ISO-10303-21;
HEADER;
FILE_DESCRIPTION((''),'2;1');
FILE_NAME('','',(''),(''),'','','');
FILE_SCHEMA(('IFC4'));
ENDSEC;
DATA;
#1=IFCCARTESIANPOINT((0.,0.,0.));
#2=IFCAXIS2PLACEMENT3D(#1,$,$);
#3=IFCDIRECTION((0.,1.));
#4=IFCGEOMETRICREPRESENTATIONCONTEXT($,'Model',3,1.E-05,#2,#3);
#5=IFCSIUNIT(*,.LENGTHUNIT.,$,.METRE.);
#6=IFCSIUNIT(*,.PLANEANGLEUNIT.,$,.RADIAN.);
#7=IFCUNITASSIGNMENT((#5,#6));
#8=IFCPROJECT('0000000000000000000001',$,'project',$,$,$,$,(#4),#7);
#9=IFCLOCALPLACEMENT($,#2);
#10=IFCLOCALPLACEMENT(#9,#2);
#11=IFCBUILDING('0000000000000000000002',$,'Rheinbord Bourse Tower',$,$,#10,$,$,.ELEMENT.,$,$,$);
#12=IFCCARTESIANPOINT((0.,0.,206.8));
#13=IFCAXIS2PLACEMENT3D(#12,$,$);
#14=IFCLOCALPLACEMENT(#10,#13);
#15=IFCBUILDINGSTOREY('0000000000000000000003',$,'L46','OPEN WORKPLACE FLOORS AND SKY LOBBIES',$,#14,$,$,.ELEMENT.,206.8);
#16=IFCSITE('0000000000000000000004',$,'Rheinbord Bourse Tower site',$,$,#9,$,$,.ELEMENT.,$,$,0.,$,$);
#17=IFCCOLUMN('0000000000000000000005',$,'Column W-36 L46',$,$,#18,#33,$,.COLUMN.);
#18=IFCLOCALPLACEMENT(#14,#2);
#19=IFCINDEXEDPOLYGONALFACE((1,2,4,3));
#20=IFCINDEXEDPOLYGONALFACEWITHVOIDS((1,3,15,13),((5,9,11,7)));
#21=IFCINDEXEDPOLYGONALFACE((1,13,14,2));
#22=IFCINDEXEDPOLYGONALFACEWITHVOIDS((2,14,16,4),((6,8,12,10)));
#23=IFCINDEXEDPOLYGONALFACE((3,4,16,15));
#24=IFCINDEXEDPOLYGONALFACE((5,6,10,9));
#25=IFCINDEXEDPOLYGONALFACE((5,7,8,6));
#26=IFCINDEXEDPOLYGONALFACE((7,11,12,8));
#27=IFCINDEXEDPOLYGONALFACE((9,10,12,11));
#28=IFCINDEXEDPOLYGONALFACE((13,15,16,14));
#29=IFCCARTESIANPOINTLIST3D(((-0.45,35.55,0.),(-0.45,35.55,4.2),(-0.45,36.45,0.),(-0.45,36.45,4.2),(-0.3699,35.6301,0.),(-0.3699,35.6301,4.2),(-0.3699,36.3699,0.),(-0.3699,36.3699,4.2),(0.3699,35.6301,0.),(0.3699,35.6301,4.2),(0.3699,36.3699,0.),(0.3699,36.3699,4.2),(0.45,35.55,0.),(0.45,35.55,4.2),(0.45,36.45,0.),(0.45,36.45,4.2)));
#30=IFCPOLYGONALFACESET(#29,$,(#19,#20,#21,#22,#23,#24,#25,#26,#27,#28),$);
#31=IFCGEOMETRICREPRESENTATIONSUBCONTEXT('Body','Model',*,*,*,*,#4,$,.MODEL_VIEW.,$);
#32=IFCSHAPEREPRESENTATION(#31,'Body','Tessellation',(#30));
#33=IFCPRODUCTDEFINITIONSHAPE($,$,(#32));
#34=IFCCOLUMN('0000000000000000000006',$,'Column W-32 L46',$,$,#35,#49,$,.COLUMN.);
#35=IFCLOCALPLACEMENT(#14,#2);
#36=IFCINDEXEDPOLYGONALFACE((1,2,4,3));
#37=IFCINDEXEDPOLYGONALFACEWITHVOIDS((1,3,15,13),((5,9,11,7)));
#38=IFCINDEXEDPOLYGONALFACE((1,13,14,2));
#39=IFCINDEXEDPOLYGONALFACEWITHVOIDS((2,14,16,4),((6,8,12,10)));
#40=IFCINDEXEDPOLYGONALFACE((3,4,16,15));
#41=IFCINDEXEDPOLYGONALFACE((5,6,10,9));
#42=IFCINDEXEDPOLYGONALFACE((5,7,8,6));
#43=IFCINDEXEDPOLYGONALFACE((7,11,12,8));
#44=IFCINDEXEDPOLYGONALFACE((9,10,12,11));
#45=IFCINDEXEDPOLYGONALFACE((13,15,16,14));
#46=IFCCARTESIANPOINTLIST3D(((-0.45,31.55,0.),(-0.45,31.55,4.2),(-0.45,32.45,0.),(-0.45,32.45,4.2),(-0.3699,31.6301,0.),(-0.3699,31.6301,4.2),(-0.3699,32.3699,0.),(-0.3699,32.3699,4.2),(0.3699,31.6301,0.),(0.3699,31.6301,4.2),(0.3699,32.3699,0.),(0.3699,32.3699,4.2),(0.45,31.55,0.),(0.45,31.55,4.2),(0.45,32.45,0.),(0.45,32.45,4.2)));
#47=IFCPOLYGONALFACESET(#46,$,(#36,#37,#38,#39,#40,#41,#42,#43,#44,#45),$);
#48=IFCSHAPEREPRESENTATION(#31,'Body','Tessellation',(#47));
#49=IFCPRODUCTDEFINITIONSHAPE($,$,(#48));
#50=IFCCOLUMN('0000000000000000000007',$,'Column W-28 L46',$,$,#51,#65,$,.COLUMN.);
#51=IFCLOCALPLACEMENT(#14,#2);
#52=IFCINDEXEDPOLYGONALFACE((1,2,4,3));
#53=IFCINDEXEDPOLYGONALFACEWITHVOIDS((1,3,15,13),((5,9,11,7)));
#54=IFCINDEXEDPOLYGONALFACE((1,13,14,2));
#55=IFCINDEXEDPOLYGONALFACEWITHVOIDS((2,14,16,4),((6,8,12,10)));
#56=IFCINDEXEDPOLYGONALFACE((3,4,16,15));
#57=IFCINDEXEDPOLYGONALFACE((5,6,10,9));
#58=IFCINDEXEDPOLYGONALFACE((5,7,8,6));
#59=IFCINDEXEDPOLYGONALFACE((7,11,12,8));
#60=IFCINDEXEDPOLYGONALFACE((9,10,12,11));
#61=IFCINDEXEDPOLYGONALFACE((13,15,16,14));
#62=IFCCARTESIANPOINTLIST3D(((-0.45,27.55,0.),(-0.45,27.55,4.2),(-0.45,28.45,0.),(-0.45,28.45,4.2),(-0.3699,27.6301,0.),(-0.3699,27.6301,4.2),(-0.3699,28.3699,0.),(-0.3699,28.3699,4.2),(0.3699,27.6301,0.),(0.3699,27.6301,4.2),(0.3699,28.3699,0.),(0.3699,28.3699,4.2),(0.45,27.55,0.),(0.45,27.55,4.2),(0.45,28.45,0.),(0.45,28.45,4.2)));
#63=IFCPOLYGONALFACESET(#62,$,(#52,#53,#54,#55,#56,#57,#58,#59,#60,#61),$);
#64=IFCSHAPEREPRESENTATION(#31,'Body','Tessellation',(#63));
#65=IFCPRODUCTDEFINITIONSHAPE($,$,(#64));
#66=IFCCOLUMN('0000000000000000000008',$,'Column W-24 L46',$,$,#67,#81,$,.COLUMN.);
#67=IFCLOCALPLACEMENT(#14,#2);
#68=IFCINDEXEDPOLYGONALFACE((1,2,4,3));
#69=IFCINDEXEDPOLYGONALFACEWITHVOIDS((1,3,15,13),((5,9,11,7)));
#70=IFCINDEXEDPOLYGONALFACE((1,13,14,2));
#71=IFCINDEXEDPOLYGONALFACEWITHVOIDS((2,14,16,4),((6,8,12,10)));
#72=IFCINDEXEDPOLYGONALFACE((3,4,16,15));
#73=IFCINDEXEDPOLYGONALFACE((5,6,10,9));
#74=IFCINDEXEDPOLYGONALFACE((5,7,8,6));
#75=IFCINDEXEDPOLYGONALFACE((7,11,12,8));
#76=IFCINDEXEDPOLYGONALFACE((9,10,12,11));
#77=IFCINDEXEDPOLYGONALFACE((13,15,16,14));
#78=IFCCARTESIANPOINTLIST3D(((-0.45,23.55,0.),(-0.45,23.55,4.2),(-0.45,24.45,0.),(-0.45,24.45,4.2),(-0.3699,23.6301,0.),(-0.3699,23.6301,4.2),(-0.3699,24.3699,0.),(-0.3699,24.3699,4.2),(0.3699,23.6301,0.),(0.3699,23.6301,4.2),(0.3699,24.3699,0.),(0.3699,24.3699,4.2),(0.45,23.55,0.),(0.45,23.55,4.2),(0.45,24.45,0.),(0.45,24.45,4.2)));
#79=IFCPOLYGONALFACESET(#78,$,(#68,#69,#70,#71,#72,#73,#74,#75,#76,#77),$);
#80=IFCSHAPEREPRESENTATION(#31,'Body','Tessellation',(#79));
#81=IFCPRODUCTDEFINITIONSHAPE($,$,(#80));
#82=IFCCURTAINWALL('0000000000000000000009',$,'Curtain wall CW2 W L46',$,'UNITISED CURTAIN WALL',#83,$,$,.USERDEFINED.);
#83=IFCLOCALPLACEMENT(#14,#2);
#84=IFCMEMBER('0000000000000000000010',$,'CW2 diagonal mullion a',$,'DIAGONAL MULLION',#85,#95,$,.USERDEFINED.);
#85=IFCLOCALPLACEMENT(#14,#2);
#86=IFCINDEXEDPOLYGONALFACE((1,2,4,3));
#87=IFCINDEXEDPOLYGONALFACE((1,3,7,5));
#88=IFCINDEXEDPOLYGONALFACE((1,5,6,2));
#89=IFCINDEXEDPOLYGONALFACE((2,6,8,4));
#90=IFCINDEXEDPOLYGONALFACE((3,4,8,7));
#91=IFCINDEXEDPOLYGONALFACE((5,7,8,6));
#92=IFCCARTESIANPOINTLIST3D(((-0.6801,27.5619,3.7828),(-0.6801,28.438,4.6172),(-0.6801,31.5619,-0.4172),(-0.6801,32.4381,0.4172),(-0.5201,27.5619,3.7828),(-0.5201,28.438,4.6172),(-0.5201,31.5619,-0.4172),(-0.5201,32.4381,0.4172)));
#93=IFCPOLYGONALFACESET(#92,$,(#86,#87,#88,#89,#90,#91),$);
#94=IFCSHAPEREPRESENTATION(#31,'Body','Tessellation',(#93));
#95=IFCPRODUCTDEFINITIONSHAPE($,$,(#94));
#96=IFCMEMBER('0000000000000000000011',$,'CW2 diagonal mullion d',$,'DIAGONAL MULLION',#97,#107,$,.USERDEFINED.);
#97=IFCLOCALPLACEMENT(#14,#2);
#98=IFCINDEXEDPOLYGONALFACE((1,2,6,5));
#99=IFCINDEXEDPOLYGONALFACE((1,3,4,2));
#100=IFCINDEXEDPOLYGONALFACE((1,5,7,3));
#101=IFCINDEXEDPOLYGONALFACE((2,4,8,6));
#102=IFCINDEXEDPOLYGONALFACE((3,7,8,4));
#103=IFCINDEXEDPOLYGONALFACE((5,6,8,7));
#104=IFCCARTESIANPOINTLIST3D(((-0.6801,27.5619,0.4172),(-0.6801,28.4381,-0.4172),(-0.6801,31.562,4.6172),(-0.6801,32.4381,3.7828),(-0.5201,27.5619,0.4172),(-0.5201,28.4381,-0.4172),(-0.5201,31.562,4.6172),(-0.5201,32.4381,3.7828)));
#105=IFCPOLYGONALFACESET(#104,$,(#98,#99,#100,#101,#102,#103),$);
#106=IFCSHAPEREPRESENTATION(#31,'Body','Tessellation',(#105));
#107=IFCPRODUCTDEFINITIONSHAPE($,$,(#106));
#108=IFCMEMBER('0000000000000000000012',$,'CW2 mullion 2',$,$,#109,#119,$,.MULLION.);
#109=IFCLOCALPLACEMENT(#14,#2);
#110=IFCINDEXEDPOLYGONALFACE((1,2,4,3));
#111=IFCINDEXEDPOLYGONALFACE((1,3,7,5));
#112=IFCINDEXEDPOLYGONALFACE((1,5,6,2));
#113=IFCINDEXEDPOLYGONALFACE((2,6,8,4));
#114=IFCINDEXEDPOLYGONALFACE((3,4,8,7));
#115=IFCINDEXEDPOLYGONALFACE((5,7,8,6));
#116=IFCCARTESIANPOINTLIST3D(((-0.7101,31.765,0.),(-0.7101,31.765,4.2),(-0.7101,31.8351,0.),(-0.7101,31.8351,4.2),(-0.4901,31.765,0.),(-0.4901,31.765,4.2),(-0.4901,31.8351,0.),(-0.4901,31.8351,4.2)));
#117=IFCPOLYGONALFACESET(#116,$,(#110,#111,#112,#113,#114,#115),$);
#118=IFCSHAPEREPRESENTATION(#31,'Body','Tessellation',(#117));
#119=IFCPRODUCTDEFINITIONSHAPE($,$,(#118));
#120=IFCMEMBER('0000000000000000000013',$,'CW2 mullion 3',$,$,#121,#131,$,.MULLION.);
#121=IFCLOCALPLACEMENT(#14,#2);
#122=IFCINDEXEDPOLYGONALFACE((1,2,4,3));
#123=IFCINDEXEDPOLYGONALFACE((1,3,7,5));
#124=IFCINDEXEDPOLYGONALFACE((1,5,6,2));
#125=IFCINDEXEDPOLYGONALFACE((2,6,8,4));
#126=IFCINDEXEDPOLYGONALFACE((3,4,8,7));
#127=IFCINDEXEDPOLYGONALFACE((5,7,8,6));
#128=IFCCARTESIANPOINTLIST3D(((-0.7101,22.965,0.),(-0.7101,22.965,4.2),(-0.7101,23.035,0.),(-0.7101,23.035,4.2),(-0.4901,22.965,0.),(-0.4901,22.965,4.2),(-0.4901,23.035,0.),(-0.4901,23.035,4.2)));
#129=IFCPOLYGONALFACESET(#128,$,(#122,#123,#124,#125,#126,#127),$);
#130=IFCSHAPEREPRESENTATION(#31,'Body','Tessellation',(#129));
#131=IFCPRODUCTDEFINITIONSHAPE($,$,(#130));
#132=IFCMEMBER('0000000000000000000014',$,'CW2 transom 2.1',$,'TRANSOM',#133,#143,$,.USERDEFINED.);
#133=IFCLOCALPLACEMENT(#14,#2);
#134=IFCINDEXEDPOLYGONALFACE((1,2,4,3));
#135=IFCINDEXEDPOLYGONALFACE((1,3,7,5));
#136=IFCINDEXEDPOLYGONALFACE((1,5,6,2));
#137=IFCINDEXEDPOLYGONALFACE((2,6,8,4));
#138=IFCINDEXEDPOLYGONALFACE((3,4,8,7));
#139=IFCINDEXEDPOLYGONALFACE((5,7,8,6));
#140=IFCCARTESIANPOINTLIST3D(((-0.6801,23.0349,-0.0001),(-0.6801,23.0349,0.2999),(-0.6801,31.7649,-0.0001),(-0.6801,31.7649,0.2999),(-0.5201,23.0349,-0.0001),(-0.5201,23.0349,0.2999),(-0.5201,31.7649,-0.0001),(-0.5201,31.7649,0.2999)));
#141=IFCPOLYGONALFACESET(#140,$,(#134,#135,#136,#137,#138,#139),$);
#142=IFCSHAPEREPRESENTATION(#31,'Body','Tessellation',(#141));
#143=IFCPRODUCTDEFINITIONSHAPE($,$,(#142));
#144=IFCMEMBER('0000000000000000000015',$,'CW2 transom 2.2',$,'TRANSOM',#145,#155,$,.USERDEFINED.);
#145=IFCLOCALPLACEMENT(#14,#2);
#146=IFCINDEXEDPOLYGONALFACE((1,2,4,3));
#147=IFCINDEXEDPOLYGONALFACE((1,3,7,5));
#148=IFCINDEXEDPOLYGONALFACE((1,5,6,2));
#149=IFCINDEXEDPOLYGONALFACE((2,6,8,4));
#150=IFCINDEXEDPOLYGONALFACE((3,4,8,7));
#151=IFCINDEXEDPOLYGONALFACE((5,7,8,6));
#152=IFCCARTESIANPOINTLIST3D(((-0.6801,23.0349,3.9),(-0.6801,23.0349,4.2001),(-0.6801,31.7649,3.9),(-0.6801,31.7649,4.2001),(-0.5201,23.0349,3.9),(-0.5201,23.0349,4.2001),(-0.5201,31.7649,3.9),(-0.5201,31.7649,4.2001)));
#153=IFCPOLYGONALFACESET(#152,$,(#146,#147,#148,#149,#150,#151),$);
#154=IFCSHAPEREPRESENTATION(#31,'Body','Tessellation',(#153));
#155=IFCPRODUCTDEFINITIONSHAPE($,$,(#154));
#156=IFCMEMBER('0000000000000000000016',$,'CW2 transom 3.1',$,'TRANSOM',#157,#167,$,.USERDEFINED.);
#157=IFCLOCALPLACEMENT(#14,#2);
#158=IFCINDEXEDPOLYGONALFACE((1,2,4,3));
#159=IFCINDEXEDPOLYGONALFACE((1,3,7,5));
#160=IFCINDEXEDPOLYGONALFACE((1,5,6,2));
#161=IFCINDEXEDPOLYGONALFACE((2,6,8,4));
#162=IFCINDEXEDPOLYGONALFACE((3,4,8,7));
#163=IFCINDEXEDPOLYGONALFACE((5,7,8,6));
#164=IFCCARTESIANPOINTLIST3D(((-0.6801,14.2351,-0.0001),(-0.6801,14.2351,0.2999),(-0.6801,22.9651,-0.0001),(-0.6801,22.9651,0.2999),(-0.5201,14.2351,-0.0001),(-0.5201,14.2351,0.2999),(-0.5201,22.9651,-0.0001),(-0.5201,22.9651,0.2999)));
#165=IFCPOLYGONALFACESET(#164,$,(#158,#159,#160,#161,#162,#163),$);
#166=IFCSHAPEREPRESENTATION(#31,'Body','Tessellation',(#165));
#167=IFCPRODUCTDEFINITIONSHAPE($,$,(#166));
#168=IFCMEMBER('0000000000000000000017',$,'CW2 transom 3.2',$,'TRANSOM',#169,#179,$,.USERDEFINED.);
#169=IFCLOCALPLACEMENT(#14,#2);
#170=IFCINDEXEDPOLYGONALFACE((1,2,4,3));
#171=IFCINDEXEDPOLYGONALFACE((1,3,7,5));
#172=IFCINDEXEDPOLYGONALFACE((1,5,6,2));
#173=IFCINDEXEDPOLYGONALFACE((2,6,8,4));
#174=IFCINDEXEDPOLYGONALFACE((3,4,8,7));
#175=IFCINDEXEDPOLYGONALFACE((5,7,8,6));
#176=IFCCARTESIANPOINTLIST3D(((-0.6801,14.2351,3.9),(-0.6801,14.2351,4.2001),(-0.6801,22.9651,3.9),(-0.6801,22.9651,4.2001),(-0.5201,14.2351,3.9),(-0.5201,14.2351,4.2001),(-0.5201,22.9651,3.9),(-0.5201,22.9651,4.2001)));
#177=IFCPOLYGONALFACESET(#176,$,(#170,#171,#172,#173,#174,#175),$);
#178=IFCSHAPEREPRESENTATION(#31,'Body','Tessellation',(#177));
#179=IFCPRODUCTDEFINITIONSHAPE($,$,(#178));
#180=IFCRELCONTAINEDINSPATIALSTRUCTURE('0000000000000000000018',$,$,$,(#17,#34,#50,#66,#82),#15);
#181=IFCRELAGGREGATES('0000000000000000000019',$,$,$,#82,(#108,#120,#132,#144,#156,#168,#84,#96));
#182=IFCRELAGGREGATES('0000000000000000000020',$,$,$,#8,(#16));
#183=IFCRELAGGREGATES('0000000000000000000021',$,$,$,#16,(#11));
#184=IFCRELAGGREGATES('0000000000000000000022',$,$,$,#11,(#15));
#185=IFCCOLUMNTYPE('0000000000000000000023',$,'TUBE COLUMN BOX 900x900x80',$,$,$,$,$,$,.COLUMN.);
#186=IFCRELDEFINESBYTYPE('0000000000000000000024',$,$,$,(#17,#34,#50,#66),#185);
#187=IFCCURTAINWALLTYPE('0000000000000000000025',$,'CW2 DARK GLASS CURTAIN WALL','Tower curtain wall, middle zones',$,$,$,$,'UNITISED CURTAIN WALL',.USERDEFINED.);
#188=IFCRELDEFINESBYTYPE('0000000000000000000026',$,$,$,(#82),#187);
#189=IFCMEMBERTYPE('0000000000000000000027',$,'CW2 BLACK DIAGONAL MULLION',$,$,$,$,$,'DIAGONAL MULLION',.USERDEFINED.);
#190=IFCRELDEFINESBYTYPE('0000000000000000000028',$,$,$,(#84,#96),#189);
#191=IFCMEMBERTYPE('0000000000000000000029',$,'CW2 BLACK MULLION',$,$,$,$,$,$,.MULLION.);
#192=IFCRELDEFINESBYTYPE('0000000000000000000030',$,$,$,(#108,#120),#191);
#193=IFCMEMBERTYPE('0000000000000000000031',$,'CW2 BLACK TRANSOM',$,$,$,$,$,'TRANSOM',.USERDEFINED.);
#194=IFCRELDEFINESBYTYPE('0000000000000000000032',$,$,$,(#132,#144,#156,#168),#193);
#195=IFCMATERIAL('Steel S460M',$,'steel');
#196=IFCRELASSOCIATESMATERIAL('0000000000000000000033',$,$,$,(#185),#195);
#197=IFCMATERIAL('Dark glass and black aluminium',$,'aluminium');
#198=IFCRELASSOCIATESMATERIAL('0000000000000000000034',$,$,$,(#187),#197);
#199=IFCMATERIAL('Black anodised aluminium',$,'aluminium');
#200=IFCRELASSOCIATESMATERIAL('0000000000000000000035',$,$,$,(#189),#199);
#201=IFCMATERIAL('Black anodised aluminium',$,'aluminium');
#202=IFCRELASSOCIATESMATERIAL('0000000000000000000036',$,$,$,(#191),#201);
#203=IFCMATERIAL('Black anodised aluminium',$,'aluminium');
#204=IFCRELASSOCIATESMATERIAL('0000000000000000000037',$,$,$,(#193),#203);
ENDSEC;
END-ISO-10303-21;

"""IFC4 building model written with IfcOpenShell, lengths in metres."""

from ifc_helpers import new_model, si_unit, direction, frame, origin, origin_2d, place, context, subcontext, project, spatial, rectangle, hollow_rectangle, extrude, material, material_profile, profile_set, type_object, element, aggregate, save


model = new_model("IFC4")

# Units and contexts
model_context = context("Model", 3, precision=1e-05, world=origin(), true_north=direction((0.0, 1.0)))
body_context = subcontext(model_context, "Body", "Model", "MODEL_VIEW")
ifc_project = project(units=[si_unit("LENGTHUNIT", "METRE"), si_unit("PLANEANGLEUNIT", "RADIAN")], contexts=[model_context])

# Site, building, storey
site_placement = place(None, origin())
site = spatial("IfcSite", under=ifc_project, at=site_placement, Name="Rheinbord Bourse Tower site", CompositionType="ELEMENT", RefElevation=0.0)
building_placement = place(site_placement, origin())
building = spatial("IfcBuilding", under=site, at=building_placement, Name="Rheinbord Bourse Tower", CompositionType="ELEMENT")
storey_placement = place(building_placement, frame((0.0, 0.0, 206.8)))
storey = spatial("IfcBuildingStorey", under=building, at=storey_placement, Name="L46", Description="OPEN WORKPLACE FLOORS AND SKY LOBBIES", CompositionType="ELEMENT", Elevation=206.8)

# Columns
ifc_material_1 = material(Name="Steel S460M", Category="steel")
ifc_material_profile_1 = material_profile(ifc_material_1, hollow_rectangle(XDim=0.8999, YDim=0.8999, WallThickness=0.0801, at=origin_2d()), Name="BOX 900x900x80")
ifc_profile_set_1 = profile_set([ifc_material_profile_1], Name="Steel S460M")
column_type = type_object("IfcColumnType", Name="TUBE COLUMN BOX 900x900x80", PredefinedType="COLUMN", material=ifc_profile_set_1)
for number, where, z_axis, x_axis, name in (
    (1, (0.0, 36.0, 0.0), (0.0, 0.0, 1.0), (1.0, 0.0, 0.0), "Column W-36 L46"),
    (2, (0.0, 32.0, 0.0), (0.0, 0.0, 1.0), (1.0, 0.0, 0.0), "Column W-32 L46"),
    (3, (0.0, 28.0, 0.0), (0.0, 0.0, 1.0), (1.0, 0.0, 0.0), "Column W-28 L46"),
    (4, (0.0, 24.0, 0.0), (0.0, 0.0, 1.0), (1.0, 0.0, 0.0), "Column W-24 L46"),
):
    element("IfcColumn", number, at=place(storey_placement, frame(where, z_axis=z_axis, x_axis=x_axis)), inside=storey, type_object=column_type, Name=name, PredefinedType="COLUMN", context=body_context, shape_type="SweptSolid", body=[
        extrude(hollow_rectangle(XDim=0.8999, YDim=0.8999, WallThickness=0.0801, at=origin_2d()), origin(), (0.0, 0.0, 1.0), 4.2),
    ])

# Curtain wall, members
ifc_material_2 = material(Name="Dark glass and black aluminium", Category="aluminium")
curtain_wall_type = type_object("IfcCurtainWallType", Name="CW2 DARK GLASS CURTAIN WALL", Description="Tower curtain wall, middle zones", ElementType="UNITISED CURTAIN WALL", PredefinedType="USERDEFINED", material=ifc_material_2)
curtain_wall_placement = place(storey_placement, origin())
curtain_wall = element("IfcCurtainWall", 5, at=curtain_wall_placement, inside=storey, type_object=curtain_wall_type, Name="Curtain wall CW2 W L46", ObjectType="UNITISED CURTAIN WALL", PredefinedType="USERDEFINED")
ifc_material_3 = material(Name="Black anodised aluminium", Category="aluminium")
ifc_material_profile_2 = material_profile(ifc_material_3, rectangle(XDim=0.1599, YDim=1.21, at=origin_2d()), Name="CW2 DIAGONAL MULLION 1210x160")
ifc_profile_set_2 = profile_set([ifc_material_profile_2], Name="Black anodised aluminium")
member_type_1 = type_object("IfcMemberType", Name="CW2 BLACK DIAGONAL MULLION", ElementType="DIAGONAL MULLION", PredefinedType="USERDEFINED", material=ifc_profile_set_2)
member_1_placement = place(storey_placement, frame((-0.6001, 32.0, 0.0), z_axis=(0.0, -0.689659, 0.724134), x_axis=(1.0, 0.0, 0.0)))
member_1 = element("IfcMember", 6, at=member_1_placement, type_object=member_type_1, Name="CW2 diagonal mullion a", ObjectType="DIAGONAL MULLION", PredefinedType="USERDEFINED", context=body_context, shape_type="SweptSolid", body=[
    extrude(rectangle(XDim=0.1599, YDim=1.21, at=origin_2d()), origin(), (0.0, 0.0, 1.0), 5.8),
])
member_2_placement = place(storey_placement, frame((-0.6001, 28.0, 0.0), z_axis=(0.0, 0.689659, 0.724134), x_axis=(-1.0, 0.0, 0.0)))
member_2 = element("IfcMember", 7, at=member_2_placement, type_object=member_type_1, Name="CW2 diagonal mullion d", ObjectType="DIAGONAL MULLION", PredefinedType="USERDEFINED", context=body_context, shape_type="SweptSolid", body=[
    extrude(rectangle(XDim=0.1599, YDim=1.21, at=origin_2d()), origin(), (0.0, 0.0, 1.0), 5.8),
])
ifc_material_4 = material(Name="Black anodised aluminium", Category="aluminium")
ifc_material_profile_3 = material_profile(ifc_material_4, rectangle(XDim=0.22, YDim=0.0701, at=origin_2d()), Name="CW2 MULLION 70x220")
ifc_profile_set_3 = profile_set([ifc_material_profile_3], Name="Black anodised aluminium")
member_type_2 = type_object("IfcMemberType", Name="CW2 BLACK MULLION", PredefinedType="MULLION", material=ifc_profile_set_3)
member_3_placement = place(storey_placement, frame((-0.6001, 31.8, 0.0), z_axis=(0.0, 0.0, 1.0), x_axis=(1.0, 0.0, 0.0)))
member_3 = element("IfcMember", 8, at=member_3_placement, type_object=member_type_2, Name="CW2 mullion 2", PredefinedType="MULLION", context=body_context, shape_type="SweptSolid", body=[
    extrude(rectangle(XDim=0.22, YDim=0.0701, at=origin_2d()), origin(), (0.0, 0.0, 1.0), 4.2),
])
member_4_placement = place(storey_placement, frame((-0.6001, 23.0, 0.0), z_axis=(0.0, 0.0, 1.0), x_axis=(1.0, 0.0, 0.0)))
member_4 = element("IfcMember", 9, at=member_4_placement, type_object=member_type_2, Name="CW2 mullion 3", PredefinedType="MULLION", context=body_context, shape_type="SweptSolid", body=[
    extrude(rectangle(XDim=0.22, YDim=0.0701, at=origin_2d()), origin(), (0.0, 0.0, 1.0), 4.2),
])
ifc_material_5 = material(Name="Black anodised aluminium", Category="aluminium")
ifc_material_profile_4 = material_profile(ifc_material_5, rectangle(XDim=0.1599, YDim=0.3, at=origin_2d()), Name="CW2 TRANSOM 300x160")
ifc_profile_set_4 = profile_set([ifc_material_profile_4], Name="Black anodised aluminium")
member_type_3 = type_object("IfcMemberType", Name="CW2 BLACK TRANSOM", ElementType="TRANSOM", PredefinedType="USERDEFINED", material=ifc_profile_set_4)
member_5_placement = place(storey_placement, frame((-0.6001, 31.7649, 0.1499), z_axis=(0.0, -1.0, 0.0), x_axis=(1.0, 0.0, 0.0)))
member_5 = element("IfcMember", 10, at=member_5_placement, type_object=member_type_3, Name="CW2 transom 2.1", ObjectType="TRANSOM", PredefinedType="USERDEFINED", context=body_context, shape_type="SweptSolid", body=[
    extrude(rectangle(XDim=0.1599, YDim=0.3, at=origin_2d()), origin(), (0.0, 0.0, 1.0), 8.73),
])
member_6_placement = place(storey_placement, frame((-0.6001, 31.7649, 4.05), z_axis=(0.0, -1.0, 0.0), x_axis=(1.0, 0.0, 0.0)))
member_6 = element("IfcMember", 11, at=member_6_placement, type_object=member_type_3, Name="CW2 transom 2.2", ObjectType="TRANSOM", PredefinedType="USERDEFINED", context=body_context, shape_type="SweptSolid", body=[
    extrude(rectangle(XDim=0.1599, YDim=0.3, at=origin_2d()), origin(), (0.0, 0.0, 1.0), 8.73),
])
member_7_placement = place(storey_placement, frame((-0.6001, 22.9651, 0.1499), z_axis=(0.0, -1.0, 0.0), x_axis=(1.0, 0.0, 0.0)))
member_7 = element("IfcMember", 12, at=member_7_placement, type_object=member_type_3, Name="CW2 transom 3.1", ObjectType="TRANSOM", PredefinedType="USERDEFINED", context=body_context, shape_type="SweptSolid", body=[
    extrude(rectangle(XDim=0.1599, YDim=0.3, at=origin_2d()), origin(), (0.0, 0.0, 1.0), 8.73),
])
member_8_placement = place(storey_placement, frame((-0.6001, 22.9651, 4.05), z_axis=(0.0, -1.0, 0.0), x_axis=(1.0, 0.0, 0.0)))
member_8 = element("IfcMember", 13, at=member_8_placement, type_object=member_type_3, Name="CW2 transom 3.2", ObjectType="TRANSOM", PredefinedType="USERDEFINED", context=body_context, shape_type="SweptSolid", body=[
    extrude(rectangle(XDim=0.1599, YDim=0.3, at=origin_2d()), origin(), (0.0, 0.0, 1.0), 8.73),
])

aggregate(curtain_wall, [member_3, member_4, member_5, member_6, member_7, member_8, member_1, member_2])

save(model, "model.ifc")
